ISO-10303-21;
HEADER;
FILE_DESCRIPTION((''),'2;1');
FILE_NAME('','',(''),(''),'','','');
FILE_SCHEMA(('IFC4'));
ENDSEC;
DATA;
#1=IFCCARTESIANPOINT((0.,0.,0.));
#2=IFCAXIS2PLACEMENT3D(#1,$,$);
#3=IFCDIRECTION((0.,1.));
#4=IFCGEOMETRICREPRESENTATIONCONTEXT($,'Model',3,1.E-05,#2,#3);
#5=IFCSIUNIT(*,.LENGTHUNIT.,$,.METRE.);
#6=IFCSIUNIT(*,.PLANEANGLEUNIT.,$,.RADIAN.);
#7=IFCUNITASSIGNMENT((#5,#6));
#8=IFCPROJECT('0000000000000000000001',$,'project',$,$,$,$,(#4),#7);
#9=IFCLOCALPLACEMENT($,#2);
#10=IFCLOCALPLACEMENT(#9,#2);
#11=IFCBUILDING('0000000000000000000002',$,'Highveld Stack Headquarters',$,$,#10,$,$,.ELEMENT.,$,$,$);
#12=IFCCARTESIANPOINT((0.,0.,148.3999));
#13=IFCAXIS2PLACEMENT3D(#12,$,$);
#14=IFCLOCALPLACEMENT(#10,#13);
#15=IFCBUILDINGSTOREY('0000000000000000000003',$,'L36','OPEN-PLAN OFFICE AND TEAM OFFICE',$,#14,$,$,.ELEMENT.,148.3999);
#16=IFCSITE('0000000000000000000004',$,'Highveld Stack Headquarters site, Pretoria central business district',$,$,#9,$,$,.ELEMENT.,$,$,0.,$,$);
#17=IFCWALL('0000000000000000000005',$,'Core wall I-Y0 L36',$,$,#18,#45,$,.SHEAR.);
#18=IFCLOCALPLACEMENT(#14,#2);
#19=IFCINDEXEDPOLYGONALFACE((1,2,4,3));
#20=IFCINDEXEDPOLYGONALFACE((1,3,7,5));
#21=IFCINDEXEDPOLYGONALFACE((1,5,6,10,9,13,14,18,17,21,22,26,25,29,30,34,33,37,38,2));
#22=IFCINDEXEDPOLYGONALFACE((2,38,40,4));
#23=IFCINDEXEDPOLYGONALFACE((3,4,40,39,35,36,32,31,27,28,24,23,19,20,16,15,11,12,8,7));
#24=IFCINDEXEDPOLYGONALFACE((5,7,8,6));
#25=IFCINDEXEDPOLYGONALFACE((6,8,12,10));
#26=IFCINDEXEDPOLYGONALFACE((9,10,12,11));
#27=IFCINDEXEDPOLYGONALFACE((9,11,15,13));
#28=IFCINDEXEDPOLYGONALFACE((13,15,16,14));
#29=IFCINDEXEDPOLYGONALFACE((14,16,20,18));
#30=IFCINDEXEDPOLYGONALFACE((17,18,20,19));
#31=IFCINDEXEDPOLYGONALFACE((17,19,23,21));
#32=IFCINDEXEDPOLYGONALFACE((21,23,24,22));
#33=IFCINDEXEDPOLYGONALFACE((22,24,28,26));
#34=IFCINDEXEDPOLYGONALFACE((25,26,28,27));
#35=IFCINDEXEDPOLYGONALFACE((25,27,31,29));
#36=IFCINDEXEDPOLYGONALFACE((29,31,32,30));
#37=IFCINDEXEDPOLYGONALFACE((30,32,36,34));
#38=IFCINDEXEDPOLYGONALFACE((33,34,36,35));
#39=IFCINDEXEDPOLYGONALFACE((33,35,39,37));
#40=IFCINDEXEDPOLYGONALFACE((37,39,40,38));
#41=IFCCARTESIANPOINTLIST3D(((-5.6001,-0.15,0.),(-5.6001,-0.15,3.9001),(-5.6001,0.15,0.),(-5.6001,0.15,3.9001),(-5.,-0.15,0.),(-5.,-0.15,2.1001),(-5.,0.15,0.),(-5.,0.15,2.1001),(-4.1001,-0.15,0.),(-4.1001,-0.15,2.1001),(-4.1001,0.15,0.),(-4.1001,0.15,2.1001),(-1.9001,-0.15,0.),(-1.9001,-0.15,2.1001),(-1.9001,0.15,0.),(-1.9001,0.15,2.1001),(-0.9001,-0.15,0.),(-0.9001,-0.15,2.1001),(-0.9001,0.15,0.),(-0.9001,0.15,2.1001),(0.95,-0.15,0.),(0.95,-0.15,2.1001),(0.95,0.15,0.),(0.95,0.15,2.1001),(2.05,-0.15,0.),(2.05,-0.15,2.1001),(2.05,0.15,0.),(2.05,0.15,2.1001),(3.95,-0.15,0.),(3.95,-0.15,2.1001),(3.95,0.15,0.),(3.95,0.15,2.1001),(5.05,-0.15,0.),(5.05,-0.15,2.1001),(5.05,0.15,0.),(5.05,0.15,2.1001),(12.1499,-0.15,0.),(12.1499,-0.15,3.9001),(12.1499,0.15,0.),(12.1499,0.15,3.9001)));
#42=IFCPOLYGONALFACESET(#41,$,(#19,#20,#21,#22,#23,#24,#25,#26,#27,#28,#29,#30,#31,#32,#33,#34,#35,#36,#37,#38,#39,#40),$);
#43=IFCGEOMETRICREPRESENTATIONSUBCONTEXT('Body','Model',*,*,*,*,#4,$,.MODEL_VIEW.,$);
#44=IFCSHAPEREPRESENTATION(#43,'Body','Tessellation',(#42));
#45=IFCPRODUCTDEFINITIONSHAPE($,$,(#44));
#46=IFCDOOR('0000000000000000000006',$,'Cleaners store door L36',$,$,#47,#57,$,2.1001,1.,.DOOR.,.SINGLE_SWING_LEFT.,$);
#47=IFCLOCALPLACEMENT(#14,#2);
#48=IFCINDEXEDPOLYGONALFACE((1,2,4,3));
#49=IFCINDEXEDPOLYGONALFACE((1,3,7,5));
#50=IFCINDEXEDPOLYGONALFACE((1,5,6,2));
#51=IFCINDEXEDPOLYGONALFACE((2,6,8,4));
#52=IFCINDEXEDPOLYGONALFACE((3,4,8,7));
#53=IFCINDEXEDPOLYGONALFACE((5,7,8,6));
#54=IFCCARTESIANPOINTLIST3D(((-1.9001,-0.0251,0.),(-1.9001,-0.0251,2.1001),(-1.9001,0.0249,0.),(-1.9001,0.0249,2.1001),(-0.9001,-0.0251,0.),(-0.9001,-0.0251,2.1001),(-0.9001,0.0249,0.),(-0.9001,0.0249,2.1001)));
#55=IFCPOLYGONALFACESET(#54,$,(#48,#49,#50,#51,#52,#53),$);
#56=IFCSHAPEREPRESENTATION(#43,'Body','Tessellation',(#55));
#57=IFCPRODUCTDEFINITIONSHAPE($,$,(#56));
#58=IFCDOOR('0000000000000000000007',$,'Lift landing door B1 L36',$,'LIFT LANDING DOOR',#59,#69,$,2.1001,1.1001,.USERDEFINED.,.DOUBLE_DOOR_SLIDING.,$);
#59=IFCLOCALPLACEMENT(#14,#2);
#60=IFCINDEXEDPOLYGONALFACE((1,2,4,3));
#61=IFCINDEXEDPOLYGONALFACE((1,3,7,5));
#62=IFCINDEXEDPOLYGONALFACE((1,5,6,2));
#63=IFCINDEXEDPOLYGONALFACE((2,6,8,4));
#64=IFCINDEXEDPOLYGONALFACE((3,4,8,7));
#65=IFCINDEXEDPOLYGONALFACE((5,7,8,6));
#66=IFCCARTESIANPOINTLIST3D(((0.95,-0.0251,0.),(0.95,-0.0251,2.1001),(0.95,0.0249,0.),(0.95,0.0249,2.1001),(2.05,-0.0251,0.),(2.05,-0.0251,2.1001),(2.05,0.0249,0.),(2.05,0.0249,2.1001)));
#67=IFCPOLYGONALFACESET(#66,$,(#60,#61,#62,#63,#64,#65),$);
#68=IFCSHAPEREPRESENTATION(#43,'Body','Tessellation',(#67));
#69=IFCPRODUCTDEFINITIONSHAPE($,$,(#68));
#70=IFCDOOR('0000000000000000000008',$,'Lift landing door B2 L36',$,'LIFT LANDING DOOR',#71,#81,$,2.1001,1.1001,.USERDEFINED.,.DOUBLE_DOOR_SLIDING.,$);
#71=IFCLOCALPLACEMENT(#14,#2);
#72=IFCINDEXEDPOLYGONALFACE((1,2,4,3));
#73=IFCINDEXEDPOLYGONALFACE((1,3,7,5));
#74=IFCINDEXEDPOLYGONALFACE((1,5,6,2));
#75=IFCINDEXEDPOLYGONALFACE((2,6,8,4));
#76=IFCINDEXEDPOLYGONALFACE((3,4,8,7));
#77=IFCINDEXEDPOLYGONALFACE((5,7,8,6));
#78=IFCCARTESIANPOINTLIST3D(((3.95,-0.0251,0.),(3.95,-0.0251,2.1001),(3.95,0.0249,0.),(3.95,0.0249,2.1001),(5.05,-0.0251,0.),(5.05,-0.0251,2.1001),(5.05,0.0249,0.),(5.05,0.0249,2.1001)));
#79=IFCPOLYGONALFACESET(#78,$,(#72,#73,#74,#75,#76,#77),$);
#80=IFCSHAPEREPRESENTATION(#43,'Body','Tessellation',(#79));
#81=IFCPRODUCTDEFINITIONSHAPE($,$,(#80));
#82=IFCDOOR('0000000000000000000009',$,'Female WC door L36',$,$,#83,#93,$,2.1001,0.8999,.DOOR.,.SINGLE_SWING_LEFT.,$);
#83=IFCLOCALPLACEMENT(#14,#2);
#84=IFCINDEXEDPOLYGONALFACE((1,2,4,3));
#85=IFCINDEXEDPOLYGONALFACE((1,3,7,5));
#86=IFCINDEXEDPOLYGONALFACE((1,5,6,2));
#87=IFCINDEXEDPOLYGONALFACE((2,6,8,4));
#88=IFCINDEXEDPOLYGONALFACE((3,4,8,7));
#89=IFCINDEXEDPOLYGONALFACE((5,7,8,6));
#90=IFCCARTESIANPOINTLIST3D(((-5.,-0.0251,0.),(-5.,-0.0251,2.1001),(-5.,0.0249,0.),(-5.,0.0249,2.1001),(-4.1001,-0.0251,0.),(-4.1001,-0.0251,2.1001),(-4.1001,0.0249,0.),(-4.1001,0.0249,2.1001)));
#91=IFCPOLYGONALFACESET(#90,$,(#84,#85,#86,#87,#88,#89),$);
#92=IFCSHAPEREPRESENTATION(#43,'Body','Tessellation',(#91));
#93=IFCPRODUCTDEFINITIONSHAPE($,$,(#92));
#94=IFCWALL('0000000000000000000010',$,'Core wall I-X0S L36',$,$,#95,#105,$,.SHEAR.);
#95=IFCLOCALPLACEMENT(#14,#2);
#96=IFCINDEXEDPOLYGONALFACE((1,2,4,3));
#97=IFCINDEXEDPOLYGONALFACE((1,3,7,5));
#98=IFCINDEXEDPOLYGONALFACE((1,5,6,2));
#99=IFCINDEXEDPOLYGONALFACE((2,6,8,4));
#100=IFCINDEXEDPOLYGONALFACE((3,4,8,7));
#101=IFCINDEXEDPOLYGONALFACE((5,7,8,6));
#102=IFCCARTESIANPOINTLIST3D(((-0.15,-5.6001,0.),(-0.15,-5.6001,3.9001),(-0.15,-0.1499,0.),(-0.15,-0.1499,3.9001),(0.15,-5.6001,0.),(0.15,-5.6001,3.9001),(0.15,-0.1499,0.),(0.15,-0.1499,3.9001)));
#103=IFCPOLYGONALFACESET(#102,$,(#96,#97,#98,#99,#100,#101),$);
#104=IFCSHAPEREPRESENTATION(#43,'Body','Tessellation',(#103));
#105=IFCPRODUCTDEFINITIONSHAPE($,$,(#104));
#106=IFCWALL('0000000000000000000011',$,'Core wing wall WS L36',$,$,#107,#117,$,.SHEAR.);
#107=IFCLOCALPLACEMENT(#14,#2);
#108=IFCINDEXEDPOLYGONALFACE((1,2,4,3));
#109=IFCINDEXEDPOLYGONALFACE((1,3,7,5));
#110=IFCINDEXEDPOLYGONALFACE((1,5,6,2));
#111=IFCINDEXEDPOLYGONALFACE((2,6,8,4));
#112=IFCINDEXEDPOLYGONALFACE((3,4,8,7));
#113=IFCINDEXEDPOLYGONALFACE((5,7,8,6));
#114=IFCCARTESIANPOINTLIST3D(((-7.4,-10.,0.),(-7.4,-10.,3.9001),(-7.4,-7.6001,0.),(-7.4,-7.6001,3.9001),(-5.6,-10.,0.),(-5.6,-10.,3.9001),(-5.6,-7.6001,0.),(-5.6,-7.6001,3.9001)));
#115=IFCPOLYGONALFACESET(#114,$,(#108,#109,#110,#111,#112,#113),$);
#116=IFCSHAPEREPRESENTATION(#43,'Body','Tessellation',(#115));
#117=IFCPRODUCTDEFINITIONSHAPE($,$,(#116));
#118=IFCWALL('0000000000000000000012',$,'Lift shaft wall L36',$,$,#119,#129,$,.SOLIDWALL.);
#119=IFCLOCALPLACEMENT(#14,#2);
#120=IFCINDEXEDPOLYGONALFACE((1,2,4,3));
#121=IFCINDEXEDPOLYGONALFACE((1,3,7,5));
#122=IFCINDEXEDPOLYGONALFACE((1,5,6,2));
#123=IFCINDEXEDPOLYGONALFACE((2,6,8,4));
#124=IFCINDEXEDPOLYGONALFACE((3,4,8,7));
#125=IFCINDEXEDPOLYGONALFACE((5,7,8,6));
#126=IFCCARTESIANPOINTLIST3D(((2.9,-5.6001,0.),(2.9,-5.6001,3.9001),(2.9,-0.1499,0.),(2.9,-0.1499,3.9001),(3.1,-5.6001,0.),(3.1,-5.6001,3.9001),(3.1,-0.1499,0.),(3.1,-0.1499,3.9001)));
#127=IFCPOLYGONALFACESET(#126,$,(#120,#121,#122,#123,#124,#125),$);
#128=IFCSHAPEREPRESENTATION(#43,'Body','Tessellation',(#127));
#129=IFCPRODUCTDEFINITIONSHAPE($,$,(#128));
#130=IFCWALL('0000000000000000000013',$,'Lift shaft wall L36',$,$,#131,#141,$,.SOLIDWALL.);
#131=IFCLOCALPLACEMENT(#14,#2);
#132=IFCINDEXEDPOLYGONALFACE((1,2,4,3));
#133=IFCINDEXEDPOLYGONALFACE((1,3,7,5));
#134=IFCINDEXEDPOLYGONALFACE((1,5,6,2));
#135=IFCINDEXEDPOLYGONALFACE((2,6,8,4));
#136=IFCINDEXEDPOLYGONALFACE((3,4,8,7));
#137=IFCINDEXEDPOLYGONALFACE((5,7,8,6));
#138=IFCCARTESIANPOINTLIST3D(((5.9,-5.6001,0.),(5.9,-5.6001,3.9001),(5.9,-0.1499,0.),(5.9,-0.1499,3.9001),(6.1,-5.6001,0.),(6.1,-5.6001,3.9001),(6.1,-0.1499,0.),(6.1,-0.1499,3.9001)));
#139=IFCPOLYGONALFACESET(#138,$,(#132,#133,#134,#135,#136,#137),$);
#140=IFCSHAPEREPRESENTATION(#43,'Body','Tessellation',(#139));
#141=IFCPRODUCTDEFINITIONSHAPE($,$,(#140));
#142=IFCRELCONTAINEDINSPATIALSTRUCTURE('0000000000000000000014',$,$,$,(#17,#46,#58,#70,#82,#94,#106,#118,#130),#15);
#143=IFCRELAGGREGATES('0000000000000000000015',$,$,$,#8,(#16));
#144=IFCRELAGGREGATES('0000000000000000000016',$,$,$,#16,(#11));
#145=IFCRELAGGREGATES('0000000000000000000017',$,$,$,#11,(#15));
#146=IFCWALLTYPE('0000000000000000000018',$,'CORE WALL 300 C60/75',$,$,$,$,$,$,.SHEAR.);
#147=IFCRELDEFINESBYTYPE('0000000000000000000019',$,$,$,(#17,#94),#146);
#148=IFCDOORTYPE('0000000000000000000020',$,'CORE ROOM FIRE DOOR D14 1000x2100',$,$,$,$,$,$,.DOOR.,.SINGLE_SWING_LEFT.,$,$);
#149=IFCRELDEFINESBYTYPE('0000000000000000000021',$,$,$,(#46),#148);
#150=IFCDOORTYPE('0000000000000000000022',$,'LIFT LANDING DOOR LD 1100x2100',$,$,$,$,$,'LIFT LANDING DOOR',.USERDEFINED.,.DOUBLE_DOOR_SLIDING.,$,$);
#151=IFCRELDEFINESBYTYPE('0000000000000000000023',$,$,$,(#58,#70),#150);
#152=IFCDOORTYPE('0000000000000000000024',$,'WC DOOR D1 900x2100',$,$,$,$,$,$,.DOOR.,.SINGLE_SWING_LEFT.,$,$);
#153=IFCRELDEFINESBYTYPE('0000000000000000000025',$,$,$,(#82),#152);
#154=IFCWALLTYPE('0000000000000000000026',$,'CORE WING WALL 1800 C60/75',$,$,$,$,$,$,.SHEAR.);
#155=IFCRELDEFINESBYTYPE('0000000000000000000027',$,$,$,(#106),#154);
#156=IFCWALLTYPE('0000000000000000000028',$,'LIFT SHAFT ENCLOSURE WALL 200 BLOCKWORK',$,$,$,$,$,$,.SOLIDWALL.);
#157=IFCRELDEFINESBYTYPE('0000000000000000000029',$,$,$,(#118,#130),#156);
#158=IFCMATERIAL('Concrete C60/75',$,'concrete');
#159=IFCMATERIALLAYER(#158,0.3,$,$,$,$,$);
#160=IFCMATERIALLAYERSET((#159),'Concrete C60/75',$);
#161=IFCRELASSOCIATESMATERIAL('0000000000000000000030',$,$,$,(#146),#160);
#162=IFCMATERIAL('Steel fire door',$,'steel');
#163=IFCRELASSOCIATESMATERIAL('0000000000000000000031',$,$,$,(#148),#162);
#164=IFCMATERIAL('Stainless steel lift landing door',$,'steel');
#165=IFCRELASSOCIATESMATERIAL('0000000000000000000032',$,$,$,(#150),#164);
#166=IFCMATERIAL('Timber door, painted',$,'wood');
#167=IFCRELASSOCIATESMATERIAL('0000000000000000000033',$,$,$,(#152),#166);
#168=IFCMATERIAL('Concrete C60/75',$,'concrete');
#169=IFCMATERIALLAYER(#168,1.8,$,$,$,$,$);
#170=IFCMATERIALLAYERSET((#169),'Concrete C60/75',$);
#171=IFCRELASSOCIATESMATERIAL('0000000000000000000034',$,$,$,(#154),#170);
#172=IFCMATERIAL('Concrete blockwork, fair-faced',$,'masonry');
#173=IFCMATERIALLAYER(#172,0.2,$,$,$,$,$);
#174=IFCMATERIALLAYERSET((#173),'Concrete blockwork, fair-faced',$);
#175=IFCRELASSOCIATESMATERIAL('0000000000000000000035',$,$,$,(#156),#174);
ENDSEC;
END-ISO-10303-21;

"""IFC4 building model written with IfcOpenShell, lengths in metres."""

from ifc_helpers import new_model, si_unit, direction, frame, frame_2d, origin, place, context, subcontext, project, spatial, rectangle, extrude, material, layer, layer_set, type_object, element, fill, save


model = new_model("IFC4")

# Units and contexts
model_context = context("Model", 3, precision=1e-05, world=origin(), true_north=direction((0.0, 1.0)))
body_context = subcontext(model_context, "Body", "Model", "MODEL_VIEW")
ifc_project = project(units=[si_unit("LENGTHUNIT", "METRE"), si_unit("PLANEANGLEUNIT", "RADIAN")], contexts=[model_context])

# Site, building, storey
site_placement = place(None, origin())
site = spatial("IfcSite", under=ifc_project, at=site_placement, Name="Highveld Stack Headquarters site, Pretoria central business district", CompositionType="ELEMENT", RefElevation=0.0)
building_placement = place(site_placement, origin())
building = spatial("IfcBuilding", under=site, at=building_placement, Name="Highveld Stack Headquarters", CompositionType="ELEMENT")
storey_placement = place(building_placement, frame((0.0, 0.0, 148.3999)))
storey = spatial("IfcBuildingStorey", under=building, at=storey_placement, Name="L36", Description="OPEN-PLAN OFFICE AND TEAM OFFICE", CompositionType="ELEMENT", Elevation=148.3999)

# Wall, openings, doors
ifc_material_1 = material(Name="Concrete C60/75", Category="concrete")
ifc_layer_1 = layer(ifc_material_1, 0.3)
ifc_layer_set_1 = layer_set([ifc_layer_1], Name="Concrete C60/75")
wall_type_1 = type_object("IfcWallType", Name="CORE WALL 300 C60/75", PredefinedType="SHEAR", material=ifc_layer_set_1)
wall_1_placement = place(storey_placement, frame((-5.6001, 0.0, 0.0), z_axis=(0.0, 0.0, 1.0), x_axis=(1.0, 0.0, 0.0)))
wall_1 = element("IfcWall", 1, at=wall_1_placement, inside=storey, type_object=wall_type_1, Name="Core wall I-Y0 L36", PredefinedType="SHEAR", context=body_context, shape_type="SweptSolid", body=[
    extrude(rectangle(XDim=17.75, YDim=0.3, at=frame_2d((8.875, 0.0))), origin(), (0.0, 0.0, 1.0), 3.9001),
])
opening_1_placement = place(wall_1_placement, frame((0.6001, 0.0, 0.0)))
opening_1 = element("IfcOpeningElement", 2, at=opening_1_placement, cuts=wall_1, PredefinedType="OPENING", context=body_context, shape_type="SweptSolid", body=[
    extrude(rectangle(XDim=0.8999, YDim=2.1001, at=frame_2d((0.45, 1.05))), frame((0.0, 0.1599, 0.0), z_axis=(0.0, -1.0, 0.0), x_axis=(1.0, 0.0, 0.0)), (0.0, 0.0, 1.0), 0.3201),
])
opening_2_placement = place(wall_1_placement, frame((3.7, 0.0, 0.0)))
opening_2 = element("IfcOpeningElement", 3, at=opening_2_placement, cuts=wall_1, PredefinedType="OPENING", context=body_context, shape_type="SweptSolid", body=[
    extrude(rectangle(XDim=1.0, YDim=2.1001, at=frame_2d((0.5, 1.05))), frame((0.0, 0.1599, 0.0), z_axis=(0.0, -1.0, 0.0), x_axis=(1.0, 0.0, 0.0)), (0.0, 0.0, 1.0), 0.3201),
])
opening_3_placement = place(wall_1_placement, frame((6.55, 0.0, 0.0)))
opening_3 = element("IfcOpeningElement", 4, at=opening_3_placement, cuts=wall_1, PredefinedType="OPENING", context=body_context, shape_type="SweptSolid", body=[
    extrude(rectangle(XDim=1.1001, YDim=2.1001, at=frame_2d((0.55, 1.05))), frame((0.0, 0.1599, 0.0), z_axis=(0.0, -1.0, 0.0), x_axis=(1.0, 0.0, 0.0)), (0.0, 0.0, 1.0), 0.3201),
])
opening_4_placement = place(wall_1_placement, frame((9.55, 0.0, 0.0)))
opening_4 = element("IfcOpeningElement", 5, at=opening_4_placement, cuts=wall_1, PredefinedType="OPENING", context=body_context, shape_type="SweptSolid", body=[
    extrude(rectangle(XDim=1.1001, YDim=2.1001, at=frame_2d((0.55, 1.05))), frame((0.0, 0.1599, 0.0), z_axis=(0.0, -1.0, 0.0), x_axis=(1.0, 0.0, 0.0)), (0.0, 0.0, 1.0), 0.3201),
])
ifc_material_2 = material(Name="Steel fire door", Category="steel")
door_type_1 = type_object("IfcDoorType", Name="CORE ROOM FIRE DOOR D14 1000x2100", OperationType="SINGLE_SWING_LEFT", PredefinedType="DOOR", material=ifc_material_2)
door_1_placement = place(opening_2_placement, origin())
door_1 = element("IfcDoor", 6, at=door_1_placement, inside=storey, type_object=door_type_1, Name="Cleaners store door L36", OperationType="SINGLE_SWING_LEFT", OverallHeight=2.1001, OverallWidth=1.0, PredefinedType="DOOR", context=body_context, shape_type="SweptSolid", body=[
    extrude(rectangle(XDim=1.0, YDim=2.1001, at=frame_2d((0.5, 1.05))), frame((0.0, 0.0249, 0.0), z_axis=(0.0, -1.0, 0.0), x_axis=(1.0, 0.0, 0.0)), (0.0, 0.0, 1.0), 0.05),
])
fill(opening_2, door_1)
ifc_material_3 = material(Name="Stainless steel lift landing door", Category="steel")
door_type_2 = type_object("IfcDoorType", Name="LIFT LANDING DOOR LD 1100x2100", ElementType="LIFT LANDING DOOR", OperationType="DOUBLE_DOOR_SLIDING", PredefinedType="USERDEFINED", material=ifc_material_3)
door_2_placement = place(opening_3_placement, origin())
door_2 = element("IfcDoor", 7, at=door_2_placement, inside=storey, type_object=door_type_2, Name="Lift landing door B1 L36", ObjectType="LIFT LANDING DOOR", OperationType="DOUBLE_DOOR_SLIDING", OverallHeight=2.1001, OverallWidth=1.1001, PredefinedType="USERDEFINED", context=body_context, shape_type="SweptSolid", body=[
    extrude(rectangle(XDim=1.1001, YDim=2.1001, at=frame_2d((0.55, 1.05))), frame((0.0, 0.0249, 0.0), z_axis=(0.0, -1.0, 0.0), x_axis=(1.0, 0.0, 0.0)), (0.0, 0.0, 1.0), 0.05),
])
fill(opening_3, door_2)
door_3_placement = place(opening_4_placement, origin())
door_3 = element("IfcDoor", 8, at=door_3_placement, inside=storey, type_object=door_type_2, Name="Lift landing door B2 L36", ObjectType="LIFT LANDING DOOR", OperationType="DOUBLE_DOOR_SLIDING", OverallHeight=2.1001, OverallWidth=1.1001, PredefinedType="USERDEFINED", context=body_context, shape_type="SweptSolid", body=[
    extrude(rectangle(XDim=1.1001, YDim=2.1001, at=frame_2d((0.55, 1.05))), frame((0.0, 0.0249, 0.0), z_axis=(0.0, -1.0, 0.0), x_axis=(1.0, 0.0, 0.0)), (0.0, 0.0, 1.0), 0.05),
])
fill(opening_4, door_3)
ifc_material_4 = material(Name="Timber door, painted", Category="wood")
door_type_3 = type_object("IfcDoorType", Name="WC DOOR D1 900x2100", OperationType="SINGLE_SWING_LEFT", PredefinedType="DOOR", material=ifc_material_4)
door_4_placement = place(opening_1_placement, origin())
door_4 = element("IfcDoor", 9, at=door_4_placement, inside=storey, type_object=door_type_3, Name="Female WC door L36", OperationType="SINGLE_SWING_LEFT", OverallHeight=2.1001, OverallWidth=0.8999, PredefinedType="DOOR", context=body_context, shape_type="SweptSolid", body=[
    extrude(rectangle(XDim=0.8999, YDim=2.1001, at=frame_2d((0.45, 1.05))), frame((0.0, 0.0249, 0.0), z_axis=(0.0, -1.0, 0.0), x_axis=(1.0, 0.0, 0.0)), (0.0, 0.0, 1.0), 0.05),
])
fill(opening_1, door_4)

# Walls
wall_2_placement = place(storey_placement, frame((0.0, -5.6001, 0.0), z_axis=(0.0, 0.0, 1.0), x_axis=(0.0, 1.0, 0.0)))
element("IfcWall", 10, at=wall_2_placement, inside=storey, type_object=wall_type_1, Name="Core wall I-X0S L36", PredefinedType="SHEAR", context=body_context, shape_type="SweptSolid", body=[
    extrude(rectangle(XDim=5.4502, YDim=0.3, at=frame_2d((2.7251, 0.0))), origin(), (0.0, 0.0, 1.0), 3.9001),
])
ifc_material_5 = material(Name="Concrete C60/75", Category="concrete")
ifc_layer_2 = layer(ifc_material_5, 1.8)
ifc_layer_set_2 = layer_set([ifc_layer_2], Name="Concrete C60/75")
wall_type_2 = type_object("IfcWallType", Name="CORE WING WALL 1800 C60/75", PredefinedType="SHEAR", material=ifc_layer_set_2)
wall_3_placement = place(storey_placement, frame((-6.5, -10.0, 0.0), z_axis=(0.0, 0.0, 1.0), x_axis=(0.0, 1.0, 0.0)))
element("IfcWall", 11, at=wall_3_placement, inside=storey, type_object=wall_type_2, Name="Core wing wall WS L36", PredefinedType="SHEAR", context=body_context, shape_type="SweptSolid", body=[
    extrude(rectangle(XDim=2.3999, YDim=1.8, at=frame_2d((1.2, 0.0))), origin(), (0.0, 0.0, 1.0), 3.9001),
])
ifc_material_6 = material(Name="Concrete blockwork, fair-faced", Category="masonry")
ifc_layer_3 = layer(ifc_material_6, 0.2)
ifc_layer_set_3 = layer_set([ifc_layer_3], Name="Concrete blockwork, fair-faced")
wall_type_3 = type_object("IfcWallType", Name="LIFT SHAFT ENCLOSURE WALL 200 BLOCKWORK", PredefinedType="SOLIDWALL", material=ifc_layer_set_3)
for number, where, z_axis, x_axis, name in (
    (12, (3.0, -5.6001, 0.0), (0.0, 0.0, 1.0), (0.0, 1.0, 0.0), "Lift shaft wall L36"),
    (13, (6.0, -5.6001, 0.0), (0.0, 0.0, 1.0), (0.0, 1.0, 0.0), "Lift shaft wall L36"),
):
    element("IfcWall", number, at=place(storey_placement, frame(where, z_axis=z_axis, x_axis=x_axis)), inside=storey, type_object=wall_type_3, Name=name, PredefinedType="SOLIDWALL", context=body_context, shape_type="SweptSolid", body=[
        extrude(rectangle(XDim=5.4502, YDim=0.2, at=frame_2d((2.7251, 0.0))), origin(), (0.0, 0.0, 1.0), 3.9001),
    ])

save(model, "model.ifc")
